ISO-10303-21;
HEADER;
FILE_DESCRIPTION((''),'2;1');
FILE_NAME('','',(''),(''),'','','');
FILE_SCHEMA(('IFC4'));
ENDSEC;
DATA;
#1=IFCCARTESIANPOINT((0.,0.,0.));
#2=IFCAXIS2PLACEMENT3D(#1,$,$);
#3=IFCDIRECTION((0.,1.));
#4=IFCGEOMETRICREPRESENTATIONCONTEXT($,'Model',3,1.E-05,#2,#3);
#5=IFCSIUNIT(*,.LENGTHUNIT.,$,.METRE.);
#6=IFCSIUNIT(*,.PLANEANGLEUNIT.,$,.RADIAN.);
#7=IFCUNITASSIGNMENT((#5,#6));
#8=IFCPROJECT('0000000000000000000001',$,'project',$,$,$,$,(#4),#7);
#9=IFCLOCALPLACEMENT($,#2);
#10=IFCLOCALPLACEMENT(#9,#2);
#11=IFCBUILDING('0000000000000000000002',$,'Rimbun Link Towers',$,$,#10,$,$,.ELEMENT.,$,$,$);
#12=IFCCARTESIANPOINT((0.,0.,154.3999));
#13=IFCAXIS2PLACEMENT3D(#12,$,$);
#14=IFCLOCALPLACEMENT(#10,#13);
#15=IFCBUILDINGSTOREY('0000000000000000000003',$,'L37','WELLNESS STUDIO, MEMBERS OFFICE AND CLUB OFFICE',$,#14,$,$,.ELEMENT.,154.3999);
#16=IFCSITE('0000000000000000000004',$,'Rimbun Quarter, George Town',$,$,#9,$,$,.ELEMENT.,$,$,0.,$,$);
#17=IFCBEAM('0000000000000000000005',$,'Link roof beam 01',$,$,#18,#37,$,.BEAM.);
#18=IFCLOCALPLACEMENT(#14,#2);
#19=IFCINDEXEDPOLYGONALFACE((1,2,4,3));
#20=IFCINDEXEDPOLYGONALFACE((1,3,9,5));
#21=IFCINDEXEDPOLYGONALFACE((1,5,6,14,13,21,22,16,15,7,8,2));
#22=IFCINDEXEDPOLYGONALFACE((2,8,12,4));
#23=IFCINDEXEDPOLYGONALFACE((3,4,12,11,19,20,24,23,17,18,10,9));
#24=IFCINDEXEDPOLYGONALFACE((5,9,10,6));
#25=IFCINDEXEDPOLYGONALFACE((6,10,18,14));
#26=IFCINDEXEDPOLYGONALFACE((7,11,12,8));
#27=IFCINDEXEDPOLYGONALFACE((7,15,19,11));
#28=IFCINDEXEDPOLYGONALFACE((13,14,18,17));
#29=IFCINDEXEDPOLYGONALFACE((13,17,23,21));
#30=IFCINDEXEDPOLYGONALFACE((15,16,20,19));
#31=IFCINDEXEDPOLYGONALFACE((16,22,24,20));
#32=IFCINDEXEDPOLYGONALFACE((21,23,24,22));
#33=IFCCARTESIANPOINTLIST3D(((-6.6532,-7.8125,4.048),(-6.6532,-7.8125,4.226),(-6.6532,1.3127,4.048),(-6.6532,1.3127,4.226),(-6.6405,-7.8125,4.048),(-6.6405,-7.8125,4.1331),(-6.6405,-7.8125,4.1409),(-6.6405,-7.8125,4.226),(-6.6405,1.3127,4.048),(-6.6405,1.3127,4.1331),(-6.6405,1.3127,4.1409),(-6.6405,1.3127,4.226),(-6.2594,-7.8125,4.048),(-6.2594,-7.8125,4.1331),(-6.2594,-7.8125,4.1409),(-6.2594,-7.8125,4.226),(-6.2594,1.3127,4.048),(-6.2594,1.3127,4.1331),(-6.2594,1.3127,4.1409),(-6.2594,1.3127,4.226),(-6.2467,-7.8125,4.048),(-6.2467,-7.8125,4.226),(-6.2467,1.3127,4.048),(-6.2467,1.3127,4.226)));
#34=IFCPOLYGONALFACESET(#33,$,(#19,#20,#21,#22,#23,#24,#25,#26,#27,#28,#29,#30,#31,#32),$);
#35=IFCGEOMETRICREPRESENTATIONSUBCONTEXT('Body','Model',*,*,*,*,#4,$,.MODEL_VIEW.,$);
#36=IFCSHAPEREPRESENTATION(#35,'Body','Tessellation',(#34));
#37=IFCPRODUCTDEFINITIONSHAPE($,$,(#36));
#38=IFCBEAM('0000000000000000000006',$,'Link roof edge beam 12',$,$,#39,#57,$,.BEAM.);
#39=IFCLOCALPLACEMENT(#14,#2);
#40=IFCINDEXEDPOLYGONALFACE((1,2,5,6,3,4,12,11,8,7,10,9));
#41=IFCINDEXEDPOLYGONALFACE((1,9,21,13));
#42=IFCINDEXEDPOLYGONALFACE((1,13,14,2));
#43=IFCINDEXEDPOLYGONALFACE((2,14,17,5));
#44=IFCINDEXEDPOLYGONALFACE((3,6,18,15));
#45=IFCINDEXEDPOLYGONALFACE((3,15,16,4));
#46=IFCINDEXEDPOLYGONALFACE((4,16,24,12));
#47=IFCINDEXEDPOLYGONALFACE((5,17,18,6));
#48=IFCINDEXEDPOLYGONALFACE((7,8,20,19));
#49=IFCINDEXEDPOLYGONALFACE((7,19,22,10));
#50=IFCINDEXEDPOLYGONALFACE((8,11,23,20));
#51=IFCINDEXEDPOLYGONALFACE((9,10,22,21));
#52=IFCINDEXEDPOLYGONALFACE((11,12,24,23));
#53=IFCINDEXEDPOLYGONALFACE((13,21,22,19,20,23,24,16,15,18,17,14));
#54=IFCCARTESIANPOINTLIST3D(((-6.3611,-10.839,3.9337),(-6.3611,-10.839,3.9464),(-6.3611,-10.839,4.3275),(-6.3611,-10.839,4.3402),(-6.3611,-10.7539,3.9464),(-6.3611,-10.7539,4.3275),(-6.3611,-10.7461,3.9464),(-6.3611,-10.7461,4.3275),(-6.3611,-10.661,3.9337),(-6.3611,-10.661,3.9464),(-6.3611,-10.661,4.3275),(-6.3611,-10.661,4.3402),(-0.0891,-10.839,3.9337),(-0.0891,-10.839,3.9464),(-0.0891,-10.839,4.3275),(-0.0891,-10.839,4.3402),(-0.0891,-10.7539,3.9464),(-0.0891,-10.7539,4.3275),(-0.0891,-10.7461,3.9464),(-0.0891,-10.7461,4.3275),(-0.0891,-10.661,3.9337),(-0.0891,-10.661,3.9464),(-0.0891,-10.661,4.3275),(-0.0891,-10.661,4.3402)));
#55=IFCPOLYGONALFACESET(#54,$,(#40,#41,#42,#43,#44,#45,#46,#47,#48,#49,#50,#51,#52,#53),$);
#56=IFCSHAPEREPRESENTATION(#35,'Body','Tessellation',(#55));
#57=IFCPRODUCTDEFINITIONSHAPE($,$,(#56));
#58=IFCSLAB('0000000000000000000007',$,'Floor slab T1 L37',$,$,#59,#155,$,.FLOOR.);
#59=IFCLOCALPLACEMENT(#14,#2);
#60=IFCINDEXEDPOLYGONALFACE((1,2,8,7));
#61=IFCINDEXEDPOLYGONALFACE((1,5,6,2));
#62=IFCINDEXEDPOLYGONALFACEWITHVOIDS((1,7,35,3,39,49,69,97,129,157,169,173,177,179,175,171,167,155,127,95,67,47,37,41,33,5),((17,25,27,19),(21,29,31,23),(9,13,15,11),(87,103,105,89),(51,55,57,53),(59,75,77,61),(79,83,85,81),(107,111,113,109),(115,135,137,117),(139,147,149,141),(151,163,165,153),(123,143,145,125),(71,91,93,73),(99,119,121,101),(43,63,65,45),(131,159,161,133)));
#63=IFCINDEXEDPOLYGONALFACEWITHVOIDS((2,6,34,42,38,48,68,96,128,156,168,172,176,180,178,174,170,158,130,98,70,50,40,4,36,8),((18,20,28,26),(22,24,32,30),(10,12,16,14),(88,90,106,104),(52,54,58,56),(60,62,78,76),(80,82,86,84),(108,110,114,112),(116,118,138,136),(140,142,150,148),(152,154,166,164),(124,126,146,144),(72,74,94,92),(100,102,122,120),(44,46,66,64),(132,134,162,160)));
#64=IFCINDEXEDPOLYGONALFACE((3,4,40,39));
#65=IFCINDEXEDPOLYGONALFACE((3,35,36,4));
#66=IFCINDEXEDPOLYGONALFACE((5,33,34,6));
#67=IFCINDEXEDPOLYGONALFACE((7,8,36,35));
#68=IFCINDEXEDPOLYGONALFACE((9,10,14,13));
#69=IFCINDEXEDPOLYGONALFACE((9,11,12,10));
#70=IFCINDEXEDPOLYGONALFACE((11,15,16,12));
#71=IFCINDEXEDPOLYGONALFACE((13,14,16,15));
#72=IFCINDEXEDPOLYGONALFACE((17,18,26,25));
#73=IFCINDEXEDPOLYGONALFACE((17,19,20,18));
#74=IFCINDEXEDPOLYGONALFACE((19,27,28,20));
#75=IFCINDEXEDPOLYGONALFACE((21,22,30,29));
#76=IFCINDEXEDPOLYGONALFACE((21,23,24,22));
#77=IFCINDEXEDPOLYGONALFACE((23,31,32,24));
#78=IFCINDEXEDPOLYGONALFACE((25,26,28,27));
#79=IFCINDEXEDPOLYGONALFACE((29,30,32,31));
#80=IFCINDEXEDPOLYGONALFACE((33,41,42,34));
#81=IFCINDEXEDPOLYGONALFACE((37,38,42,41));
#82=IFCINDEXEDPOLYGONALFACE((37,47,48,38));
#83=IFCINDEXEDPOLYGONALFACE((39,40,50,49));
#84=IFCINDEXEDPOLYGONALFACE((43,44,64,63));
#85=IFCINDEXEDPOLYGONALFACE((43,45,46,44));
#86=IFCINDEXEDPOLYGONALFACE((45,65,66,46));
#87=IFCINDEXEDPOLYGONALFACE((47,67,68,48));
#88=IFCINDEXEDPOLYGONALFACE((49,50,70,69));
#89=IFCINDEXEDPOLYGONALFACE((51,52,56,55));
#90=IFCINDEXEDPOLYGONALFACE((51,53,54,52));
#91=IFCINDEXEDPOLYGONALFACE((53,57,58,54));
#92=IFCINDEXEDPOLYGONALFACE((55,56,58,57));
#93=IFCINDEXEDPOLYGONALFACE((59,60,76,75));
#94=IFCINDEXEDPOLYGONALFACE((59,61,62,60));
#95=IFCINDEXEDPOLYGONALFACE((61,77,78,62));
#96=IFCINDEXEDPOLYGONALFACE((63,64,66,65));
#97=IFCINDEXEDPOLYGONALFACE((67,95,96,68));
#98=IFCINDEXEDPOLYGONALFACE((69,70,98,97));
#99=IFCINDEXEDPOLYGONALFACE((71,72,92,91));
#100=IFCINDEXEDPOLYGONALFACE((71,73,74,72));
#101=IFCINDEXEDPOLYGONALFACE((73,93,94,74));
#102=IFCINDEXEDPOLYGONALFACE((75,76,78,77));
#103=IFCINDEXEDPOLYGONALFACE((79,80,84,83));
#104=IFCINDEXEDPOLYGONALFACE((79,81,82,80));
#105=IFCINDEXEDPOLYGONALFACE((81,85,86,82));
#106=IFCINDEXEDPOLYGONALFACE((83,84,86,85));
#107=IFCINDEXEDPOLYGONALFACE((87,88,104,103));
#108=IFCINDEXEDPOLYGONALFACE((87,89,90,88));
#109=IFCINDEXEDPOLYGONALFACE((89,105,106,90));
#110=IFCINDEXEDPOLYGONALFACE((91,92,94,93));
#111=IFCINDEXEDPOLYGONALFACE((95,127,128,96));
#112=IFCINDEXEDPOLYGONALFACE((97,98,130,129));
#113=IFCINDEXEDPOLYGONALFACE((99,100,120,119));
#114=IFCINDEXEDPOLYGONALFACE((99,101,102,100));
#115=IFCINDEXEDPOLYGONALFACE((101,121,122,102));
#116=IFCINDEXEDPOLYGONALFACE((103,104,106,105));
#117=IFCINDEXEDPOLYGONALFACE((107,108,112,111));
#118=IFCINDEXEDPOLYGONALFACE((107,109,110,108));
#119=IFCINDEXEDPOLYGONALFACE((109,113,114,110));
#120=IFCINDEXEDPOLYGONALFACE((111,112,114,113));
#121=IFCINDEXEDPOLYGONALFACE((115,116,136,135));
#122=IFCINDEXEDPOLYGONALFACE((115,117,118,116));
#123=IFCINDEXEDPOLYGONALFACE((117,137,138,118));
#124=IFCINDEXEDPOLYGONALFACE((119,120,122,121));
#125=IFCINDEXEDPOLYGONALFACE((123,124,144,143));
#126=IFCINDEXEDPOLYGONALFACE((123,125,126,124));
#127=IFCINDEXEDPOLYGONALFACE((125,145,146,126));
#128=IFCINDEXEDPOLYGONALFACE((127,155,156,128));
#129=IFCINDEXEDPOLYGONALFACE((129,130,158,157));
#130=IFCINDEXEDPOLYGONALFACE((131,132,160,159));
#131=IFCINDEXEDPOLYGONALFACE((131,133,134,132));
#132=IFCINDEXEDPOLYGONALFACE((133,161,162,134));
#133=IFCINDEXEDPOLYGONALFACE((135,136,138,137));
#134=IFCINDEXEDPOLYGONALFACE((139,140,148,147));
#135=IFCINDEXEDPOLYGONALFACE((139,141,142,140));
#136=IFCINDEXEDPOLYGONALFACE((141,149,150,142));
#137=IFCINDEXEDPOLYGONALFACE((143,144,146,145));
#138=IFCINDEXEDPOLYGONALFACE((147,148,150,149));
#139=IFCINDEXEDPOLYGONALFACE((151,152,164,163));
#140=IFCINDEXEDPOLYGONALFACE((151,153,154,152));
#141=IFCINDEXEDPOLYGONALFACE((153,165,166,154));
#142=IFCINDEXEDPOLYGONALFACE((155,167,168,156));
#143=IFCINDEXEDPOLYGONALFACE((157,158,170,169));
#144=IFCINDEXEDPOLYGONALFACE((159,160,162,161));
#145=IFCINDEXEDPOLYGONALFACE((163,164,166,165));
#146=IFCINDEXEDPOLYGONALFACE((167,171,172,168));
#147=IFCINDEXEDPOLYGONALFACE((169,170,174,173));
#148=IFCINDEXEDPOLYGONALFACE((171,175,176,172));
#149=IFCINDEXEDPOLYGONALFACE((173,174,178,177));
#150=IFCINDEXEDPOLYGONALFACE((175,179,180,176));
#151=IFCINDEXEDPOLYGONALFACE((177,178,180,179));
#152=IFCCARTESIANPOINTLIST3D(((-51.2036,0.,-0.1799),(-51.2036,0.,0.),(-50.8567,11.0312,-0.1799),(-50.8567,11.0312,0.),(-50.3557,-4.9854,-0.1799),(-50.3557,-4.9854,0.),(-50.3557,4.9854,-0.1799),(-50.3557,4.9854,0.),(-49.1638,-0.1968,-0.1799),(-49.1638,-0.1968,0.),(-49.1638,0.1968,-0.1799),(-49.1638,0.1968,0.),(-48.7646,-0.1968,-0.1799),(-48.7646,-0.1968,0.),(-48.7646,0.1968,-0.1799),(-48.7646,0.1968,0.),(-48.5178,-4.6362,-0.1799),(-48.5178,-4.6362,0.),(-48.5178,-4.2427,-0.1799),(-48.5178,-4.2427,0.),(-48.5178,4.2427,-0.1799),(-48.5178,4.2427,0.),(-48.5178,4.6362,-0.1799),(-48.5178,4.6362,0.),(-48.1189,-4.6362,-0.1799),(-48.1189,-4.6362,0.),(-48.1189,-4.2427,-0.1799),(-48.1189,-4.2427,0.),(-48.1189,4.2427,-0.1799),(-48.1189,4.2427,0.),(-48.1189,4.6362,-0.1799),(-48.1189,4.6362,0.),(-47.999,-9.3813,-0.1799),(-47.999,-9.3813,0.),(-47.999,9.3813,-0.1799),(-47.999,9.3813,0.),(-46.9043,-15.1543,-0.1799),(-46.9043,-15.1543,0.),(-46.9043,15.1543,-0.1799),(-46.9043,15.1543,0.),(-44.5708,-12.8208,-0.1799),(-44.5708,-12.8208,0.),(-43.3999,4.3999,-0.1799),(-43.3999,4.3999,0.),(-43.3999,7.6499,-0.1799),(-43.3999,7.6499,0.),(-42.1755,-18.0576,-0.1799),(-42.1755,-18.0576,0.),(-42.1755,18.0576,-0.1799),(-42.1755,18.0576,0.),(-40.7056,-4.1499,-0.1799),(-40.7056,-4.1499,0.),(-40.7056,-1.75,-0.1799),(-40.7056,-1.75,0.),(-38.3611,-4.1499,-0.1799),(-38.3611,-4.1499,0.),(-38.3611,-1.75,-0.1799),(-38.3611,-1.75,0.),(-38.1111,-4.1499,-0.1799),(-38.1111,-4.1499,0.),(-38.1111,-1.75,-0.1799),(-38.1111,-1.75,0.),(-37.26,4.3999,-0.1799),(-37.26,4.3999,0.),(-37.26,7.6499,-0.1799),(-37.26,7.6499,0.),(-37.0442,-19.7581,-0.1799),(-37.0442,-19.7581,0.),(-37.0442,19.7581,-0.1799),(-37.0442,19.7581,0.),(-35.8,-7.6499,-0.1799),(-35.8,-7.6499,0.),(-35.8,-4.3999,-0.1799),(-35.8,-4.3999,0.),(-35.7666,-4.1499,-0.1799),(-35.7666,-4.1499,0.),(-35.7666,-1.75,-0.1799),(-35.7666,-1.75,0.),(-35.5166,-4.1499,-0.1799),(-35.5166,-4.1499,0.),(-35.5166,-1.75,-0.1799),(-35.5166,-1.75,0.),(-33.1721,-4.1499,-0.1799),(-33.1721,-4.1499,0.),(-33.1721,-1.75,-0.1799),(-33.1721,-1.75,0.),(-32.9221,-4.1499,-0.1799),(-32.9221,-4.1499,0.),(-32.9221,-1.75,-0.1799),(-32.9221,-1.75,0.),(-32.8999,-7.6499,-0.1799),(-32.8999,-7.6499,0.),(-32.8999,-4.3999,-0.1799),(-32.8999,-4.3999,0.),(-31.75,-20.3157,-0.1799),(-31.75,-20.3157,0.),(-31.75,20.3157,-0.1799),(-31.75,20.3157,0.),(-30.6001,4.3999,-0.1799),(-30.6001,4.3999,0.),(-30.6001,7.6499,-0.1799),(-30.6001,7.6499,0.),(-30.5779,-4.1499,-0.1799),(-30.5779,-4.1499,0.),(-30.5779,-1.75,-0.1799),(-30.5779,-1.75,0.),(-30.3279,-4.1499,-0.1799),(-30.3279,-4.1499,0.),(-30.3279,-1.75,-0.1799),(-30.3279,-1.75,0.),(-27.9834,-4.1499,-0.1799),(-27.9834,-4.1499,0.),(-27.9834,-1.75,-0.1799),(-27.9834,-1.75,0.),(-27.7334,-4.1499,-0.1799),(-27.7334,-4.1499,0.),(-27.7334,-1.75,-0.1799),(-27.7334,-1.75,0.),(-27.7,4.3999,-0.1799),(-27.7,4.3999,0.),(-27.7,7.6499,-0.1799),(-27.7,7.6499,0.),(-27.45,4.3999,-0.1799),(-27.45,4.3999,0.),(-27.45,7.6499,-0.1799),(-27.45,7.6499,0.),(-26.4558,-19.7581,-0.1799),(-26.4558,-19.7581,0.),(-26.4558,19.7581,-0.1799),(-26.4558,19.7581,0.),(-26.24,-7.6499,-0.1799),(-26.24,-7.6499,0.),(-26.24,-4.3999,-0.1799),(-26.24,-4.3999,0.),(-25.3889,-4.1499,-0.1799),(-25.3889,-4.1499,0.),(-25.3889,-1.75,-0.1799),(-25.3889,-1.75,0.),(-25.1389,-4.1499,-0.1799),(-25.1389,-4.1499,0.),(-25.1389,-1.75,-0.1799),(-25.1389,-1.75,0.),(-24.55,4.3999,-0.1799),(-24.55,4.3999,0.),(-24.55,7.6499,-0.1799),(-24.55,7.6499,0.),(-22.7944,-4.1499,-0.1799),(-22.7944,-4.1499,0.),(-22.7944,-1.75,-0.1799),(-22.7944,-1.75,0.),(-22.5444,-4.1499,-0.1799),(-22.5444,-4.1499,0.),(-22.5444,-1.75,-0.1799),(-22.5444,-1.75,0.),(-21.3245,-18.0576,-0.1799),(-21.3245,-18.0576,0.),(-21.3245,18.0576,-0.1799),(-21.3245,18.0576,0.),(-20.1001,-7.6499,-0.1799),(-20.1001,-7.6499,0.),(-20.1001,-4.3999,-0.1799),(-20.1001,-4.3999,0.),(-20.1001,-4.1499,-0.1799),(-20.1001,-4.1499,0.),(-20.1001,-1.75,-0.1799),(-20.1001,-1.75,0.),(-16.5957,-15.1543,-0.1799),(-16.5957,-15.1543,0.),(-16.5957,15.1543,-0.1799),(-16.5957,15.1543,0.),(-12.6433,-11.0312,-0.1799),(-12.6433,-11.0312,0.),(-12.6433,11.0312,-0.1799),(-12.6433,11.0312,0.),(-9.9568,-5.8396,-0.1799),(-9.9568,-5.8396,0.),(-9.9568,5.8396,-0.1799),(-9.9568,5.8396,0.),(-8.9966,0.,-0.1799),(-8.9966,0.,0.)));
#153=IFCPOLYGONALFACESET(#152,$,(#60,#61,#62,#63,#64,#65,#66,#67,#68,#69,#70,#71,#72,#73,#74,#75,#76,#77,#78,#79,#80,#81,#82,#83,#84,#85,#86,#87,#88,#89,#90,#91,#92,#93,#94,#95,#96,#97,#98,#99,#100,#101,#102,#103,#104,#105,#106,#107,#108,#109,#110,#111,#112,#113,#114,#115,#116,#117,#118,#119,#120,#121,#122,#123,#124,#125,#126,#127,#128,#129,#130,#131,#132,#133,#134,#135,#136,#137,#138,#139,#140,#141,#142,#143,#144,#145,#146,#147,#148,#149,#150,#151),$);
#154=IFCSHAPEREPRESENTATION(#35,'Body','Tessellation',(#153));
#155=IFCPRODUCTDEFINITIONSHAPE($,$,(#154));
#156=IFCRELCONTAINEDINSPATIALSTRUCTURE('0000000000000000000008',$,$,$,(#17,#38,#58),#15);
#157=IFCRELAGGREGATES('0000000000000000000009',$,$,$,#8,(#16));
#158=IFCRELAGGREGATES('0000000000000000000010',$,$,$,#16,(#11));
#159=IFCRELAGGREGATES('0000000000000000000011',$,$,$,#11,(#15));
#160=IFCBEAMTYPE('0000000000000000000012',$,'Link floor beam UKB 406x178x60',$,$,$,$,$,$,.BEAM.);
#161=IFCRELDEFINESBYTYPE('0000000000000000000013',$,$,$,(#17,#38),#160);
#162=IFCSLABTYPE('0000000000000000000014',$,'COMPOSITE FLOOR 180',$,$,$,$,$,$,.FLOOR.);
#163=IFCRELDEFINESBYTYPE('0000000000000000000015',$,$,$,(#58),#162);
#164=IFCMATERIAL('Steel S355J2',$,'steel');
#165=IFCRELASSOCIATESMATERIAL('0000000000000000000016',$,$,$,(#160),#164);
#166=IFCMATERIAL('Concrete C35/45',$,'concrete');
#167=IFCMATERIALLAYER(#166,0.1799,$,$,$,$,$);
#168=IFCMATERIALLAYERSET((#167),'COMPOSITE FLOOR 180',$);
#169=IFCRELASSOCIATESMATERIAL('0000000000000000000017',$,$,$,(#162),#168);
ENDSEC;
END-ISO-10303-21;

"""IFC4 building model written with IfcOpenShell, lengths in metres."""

from ifc_helpers import new_model, si_unit, direction, frame, origin, origin_2d, place, context, subcontext, project, spatial, polyline, i_section, outline, extrude, material, layer, layer_set, material_profile, profile_set, type_object, element, save


model = new_model("IFC4")

# Units and contexts
model_context = context("Model", 3, precision=1e-05, world=origin(), true_north=direction((0.0, 1.0)))
body_context = subcontext(model_context, "Body", "Model", "MODEL_VIEW")
ifc_project = project(units=[si_unit("LENGTHUNIT", "METRE"), si_unit("PLANEANGLEUNIT", "RADIAN")], contexts=[model_context])

# Site, building, storey
site_placement = place(None, origin())
site = spatial("IfcSite", under=ifc_project, at=site_placement, Name="Rimbun Quarter, George Town", CompositionType="ELEMENT", RefElevation=0.0)
building_placement = place(site_placement, origin())
building = spatial("IfcBuilding", under=site, at=building_placement, Name="Rimbun Link Towers", CompositionType="ELEMENT")
storey_placement = place(building_placement, frame((0.0, 0.0, 154.3999)))
storey = spatial("IfcBuildingStorey", under=building, at=storey_placement, Name="L37", Description="WELLNESS STUDIO, MEMBERS OFFICE AND CLUB OFFICE", CompositionType="ELEMENT", Elevation=154.3999)

# Beams
ifc_material_1 = material(Name="Steel S355J2", Category="steel")
ifc_material_profile_1 = material_profile(ifc_material_1, i_section(OverallWidth=0.178, OverallDepth=0.4065, WebThickness=0.0078, FlangeThickness=0.0127, at=origin_2d()), Name="UKB 406x178x60")
ifc_profile_set_1 = profile_set([ifc_material_profile_1], Name="Steel S355J2")
beam_type_1 = type_object("IfcBeamType", Name="Link floor beam UKB 406x178x60", PredefinedType="BEAM", material=ifc_profile_set_1)
beam_1_placement = place(storey_placement, frame((-6.45, -7.8125, 4.137), z_axis=(0.0, 1.0, 0.0), x_axis=(0.0, 0.0, 1.0)))
element("IfcBeam", 1, at=beam_1_placement, inside=storey, type_object=beam_type_1, Name="Link roof beam 01", PredefinedType="BEAM", context=body_context, shape_type="SweptSolid", body=[
    extrude(i_section(OverallWidth=0.178, OverallDepth=0.4065, WebThickness=0.0078, FlangeThickness=0.0127, at=origin_2d()), origin(), (0.0, 0.0, 1.0), 9.1252),
])
beam_2_placement = place(storey_placement, frame((-6.3611, -10.75, 4.137), z_axis=(1.0, 0.0, 0.0), x_axis=(0.0, 1.0, 0.0)))
element("IfcBeam", 2, at=beam_2_placement, inside=storey, type_object=beam_type_1, Name="Link roof edge beam 12", PredefinedType="BEAM", context=body_context, shape_type="SweptSolid", body=[
    extrude(i_section(OverallWidth=0.178, OverallDepth=0.4065, WebThickness=0.0078, FlangeThickness=0.0127, at=origin_2d()), origin(), (0.0, 0.0, 1.0), 6.272),
])

# Slab
ifc_material_2 = material(Name="Concrete C35/45", Category="concrete")
ifc_layer_1 = layer(ifc_material_2, 0.1799)
ifc_layer_set_1 = layer_set([ifc_layer_1], Name="COMPOSITE FLOOR 180")
slab_type = type_object("IfcSlabType", Name="COMPOSITE FLOOR 180", PredefinedType="FLOOR", material=ifc_layer_set_1)
slab_placement = place(storey_placement, frame((0.0, 0.0, -0.1799)))
element("IfcSlab", 3, at=slab_placement, inside=storey, type_object=slab_type, Name="Floor slab T1 L37", PredefinedType="FLOOR", context=body_context, shape_type="SweptSolid", body=[
    extrude(outline(polyline([(-46.9043, 15.1543), (-42.1755, 18.0576), (-37.0442, 19.7581), (-31.75, 20.3157), (-26.4558, 19.7581), (-21.3245, 18.0576), (-16.5957, 15.1543), (-12.6433, 11.0312), (-9.9568, 5.8396), (-8.9966, 0.0), (-9.9568, -5.8396), (-12.6433, -11.0312), (-16.5957, -15.1543), (-21.3245, -18.0576), (-26.4558, -19.7581), (-31.75, -20.3157), (-37.0442, -19.7581), (-42.1755, -18.0576), (-46.9043, -15.1543), (-44.5708, -12.8208), (-47.999, -9.3813), (-50.3557, -4.9854), (-51.2036, 0.0), (-50.3557, 4.9854), (-47.999, 9.3813), (-50.8567, 11.0312), (-46.9043, 15.1543)]), holes=[polyline([(-32.8999, -7.6499), (-32.8999, -4.3999), (-35.8, -4.3999), (-35.8, -7.6499), (-32.8999, -7.6499)]), polyline([(-48.1189, -4.6362), (-48.1189, -4.2427), (-48.5178, -4.2427), (-48.5178, -4.6362), (-48.1189, -4.6362)]), polyline([(-38.3611, -4.1499), (-38.3611, -1.75), (-40.7056, -1.75), (-40.7056, -4.1499), (-38.3611, -4.1499)]), polyline([(-35.7666, -4.1499), (-35.7666, -1.75), (-38.1111, -1.75), (-38.1111, -4.1499), (-35.7666, -4.1499)]), polyline([(-33.1721, -4.1499), (-33.1721, -1.75), (-35.5166, -1.75), (-35.5166, -4.1499), (-33.1721, -4.1499)]), polyline([(-48.7646, -0.1968), (-48.7646, 0.1968), (-49.1638, 0.1968), (-49.1638, -0.1968), (-48.7646, -0.1968)]), polyline([(-48.1189, 4.2427), (-48.1189, 4.6362), (-48.5178, 4.6362), (-48.5178, 4.2427), (-48.1189, 4.2427)]), polyline([(-37.26, 4.3999), (-37.26, 7.6499), (-43.3999, 7.6499), (-43.3999, 4.3999), (-37.26, 4.3999)]), polyline([(-20.1001, -7.6499), (-20.1001, -4.3999), (-26.24, -4.3999), (-26.24, -7.6499), (-20.1001, -7.6499)]), polyline([(-30.5779, -4.1499), (-30.5779, -1.75), (-32.9221, -1.75), (-32.9221, -4.1499), (-30.5779, -4.1499)]), polyline([(-27.9834, -4.1499), (-27.9834, -1.75), (-30.3279, -1.75), (-30.3279, -4.1499), (-27.9834, -4.1499)]), polyline([(-25.3889, -4.1499), (-25.3889, -1.75), (-27.7334, -1.75), (-27.7334, -4.1499), (-25.3889, -4.1499)]), polyline([(-22.7944, -4.1499), (-22.7944, -1.75), (-25.1389, -1.75), (-25.1389, -4.1499), (-22.7944, -4.1499)]), polyline([(-20.1001, -4.1499), (-20.1001, -1.75), (-22.5444, -1.75), (-22.5444, -4.1499), (-20.1001, -4.1499)]), polyline([(-27.7, 4.3999), (-27.7, 7.6499), (-30.6001, 7.6499), (-30.6001, 4.3999), (-27.7, 4.3999)]), polyline([(-24.55, 4.3999), (-24.55, 7.6499), (-27.45, 7.6499), (-27.45, 4.3999), (-24.55, 4.3999)])]), origin(), (0.0, 0.0, 1.0), 0.1799),
])

save(model, "model.ifc")
